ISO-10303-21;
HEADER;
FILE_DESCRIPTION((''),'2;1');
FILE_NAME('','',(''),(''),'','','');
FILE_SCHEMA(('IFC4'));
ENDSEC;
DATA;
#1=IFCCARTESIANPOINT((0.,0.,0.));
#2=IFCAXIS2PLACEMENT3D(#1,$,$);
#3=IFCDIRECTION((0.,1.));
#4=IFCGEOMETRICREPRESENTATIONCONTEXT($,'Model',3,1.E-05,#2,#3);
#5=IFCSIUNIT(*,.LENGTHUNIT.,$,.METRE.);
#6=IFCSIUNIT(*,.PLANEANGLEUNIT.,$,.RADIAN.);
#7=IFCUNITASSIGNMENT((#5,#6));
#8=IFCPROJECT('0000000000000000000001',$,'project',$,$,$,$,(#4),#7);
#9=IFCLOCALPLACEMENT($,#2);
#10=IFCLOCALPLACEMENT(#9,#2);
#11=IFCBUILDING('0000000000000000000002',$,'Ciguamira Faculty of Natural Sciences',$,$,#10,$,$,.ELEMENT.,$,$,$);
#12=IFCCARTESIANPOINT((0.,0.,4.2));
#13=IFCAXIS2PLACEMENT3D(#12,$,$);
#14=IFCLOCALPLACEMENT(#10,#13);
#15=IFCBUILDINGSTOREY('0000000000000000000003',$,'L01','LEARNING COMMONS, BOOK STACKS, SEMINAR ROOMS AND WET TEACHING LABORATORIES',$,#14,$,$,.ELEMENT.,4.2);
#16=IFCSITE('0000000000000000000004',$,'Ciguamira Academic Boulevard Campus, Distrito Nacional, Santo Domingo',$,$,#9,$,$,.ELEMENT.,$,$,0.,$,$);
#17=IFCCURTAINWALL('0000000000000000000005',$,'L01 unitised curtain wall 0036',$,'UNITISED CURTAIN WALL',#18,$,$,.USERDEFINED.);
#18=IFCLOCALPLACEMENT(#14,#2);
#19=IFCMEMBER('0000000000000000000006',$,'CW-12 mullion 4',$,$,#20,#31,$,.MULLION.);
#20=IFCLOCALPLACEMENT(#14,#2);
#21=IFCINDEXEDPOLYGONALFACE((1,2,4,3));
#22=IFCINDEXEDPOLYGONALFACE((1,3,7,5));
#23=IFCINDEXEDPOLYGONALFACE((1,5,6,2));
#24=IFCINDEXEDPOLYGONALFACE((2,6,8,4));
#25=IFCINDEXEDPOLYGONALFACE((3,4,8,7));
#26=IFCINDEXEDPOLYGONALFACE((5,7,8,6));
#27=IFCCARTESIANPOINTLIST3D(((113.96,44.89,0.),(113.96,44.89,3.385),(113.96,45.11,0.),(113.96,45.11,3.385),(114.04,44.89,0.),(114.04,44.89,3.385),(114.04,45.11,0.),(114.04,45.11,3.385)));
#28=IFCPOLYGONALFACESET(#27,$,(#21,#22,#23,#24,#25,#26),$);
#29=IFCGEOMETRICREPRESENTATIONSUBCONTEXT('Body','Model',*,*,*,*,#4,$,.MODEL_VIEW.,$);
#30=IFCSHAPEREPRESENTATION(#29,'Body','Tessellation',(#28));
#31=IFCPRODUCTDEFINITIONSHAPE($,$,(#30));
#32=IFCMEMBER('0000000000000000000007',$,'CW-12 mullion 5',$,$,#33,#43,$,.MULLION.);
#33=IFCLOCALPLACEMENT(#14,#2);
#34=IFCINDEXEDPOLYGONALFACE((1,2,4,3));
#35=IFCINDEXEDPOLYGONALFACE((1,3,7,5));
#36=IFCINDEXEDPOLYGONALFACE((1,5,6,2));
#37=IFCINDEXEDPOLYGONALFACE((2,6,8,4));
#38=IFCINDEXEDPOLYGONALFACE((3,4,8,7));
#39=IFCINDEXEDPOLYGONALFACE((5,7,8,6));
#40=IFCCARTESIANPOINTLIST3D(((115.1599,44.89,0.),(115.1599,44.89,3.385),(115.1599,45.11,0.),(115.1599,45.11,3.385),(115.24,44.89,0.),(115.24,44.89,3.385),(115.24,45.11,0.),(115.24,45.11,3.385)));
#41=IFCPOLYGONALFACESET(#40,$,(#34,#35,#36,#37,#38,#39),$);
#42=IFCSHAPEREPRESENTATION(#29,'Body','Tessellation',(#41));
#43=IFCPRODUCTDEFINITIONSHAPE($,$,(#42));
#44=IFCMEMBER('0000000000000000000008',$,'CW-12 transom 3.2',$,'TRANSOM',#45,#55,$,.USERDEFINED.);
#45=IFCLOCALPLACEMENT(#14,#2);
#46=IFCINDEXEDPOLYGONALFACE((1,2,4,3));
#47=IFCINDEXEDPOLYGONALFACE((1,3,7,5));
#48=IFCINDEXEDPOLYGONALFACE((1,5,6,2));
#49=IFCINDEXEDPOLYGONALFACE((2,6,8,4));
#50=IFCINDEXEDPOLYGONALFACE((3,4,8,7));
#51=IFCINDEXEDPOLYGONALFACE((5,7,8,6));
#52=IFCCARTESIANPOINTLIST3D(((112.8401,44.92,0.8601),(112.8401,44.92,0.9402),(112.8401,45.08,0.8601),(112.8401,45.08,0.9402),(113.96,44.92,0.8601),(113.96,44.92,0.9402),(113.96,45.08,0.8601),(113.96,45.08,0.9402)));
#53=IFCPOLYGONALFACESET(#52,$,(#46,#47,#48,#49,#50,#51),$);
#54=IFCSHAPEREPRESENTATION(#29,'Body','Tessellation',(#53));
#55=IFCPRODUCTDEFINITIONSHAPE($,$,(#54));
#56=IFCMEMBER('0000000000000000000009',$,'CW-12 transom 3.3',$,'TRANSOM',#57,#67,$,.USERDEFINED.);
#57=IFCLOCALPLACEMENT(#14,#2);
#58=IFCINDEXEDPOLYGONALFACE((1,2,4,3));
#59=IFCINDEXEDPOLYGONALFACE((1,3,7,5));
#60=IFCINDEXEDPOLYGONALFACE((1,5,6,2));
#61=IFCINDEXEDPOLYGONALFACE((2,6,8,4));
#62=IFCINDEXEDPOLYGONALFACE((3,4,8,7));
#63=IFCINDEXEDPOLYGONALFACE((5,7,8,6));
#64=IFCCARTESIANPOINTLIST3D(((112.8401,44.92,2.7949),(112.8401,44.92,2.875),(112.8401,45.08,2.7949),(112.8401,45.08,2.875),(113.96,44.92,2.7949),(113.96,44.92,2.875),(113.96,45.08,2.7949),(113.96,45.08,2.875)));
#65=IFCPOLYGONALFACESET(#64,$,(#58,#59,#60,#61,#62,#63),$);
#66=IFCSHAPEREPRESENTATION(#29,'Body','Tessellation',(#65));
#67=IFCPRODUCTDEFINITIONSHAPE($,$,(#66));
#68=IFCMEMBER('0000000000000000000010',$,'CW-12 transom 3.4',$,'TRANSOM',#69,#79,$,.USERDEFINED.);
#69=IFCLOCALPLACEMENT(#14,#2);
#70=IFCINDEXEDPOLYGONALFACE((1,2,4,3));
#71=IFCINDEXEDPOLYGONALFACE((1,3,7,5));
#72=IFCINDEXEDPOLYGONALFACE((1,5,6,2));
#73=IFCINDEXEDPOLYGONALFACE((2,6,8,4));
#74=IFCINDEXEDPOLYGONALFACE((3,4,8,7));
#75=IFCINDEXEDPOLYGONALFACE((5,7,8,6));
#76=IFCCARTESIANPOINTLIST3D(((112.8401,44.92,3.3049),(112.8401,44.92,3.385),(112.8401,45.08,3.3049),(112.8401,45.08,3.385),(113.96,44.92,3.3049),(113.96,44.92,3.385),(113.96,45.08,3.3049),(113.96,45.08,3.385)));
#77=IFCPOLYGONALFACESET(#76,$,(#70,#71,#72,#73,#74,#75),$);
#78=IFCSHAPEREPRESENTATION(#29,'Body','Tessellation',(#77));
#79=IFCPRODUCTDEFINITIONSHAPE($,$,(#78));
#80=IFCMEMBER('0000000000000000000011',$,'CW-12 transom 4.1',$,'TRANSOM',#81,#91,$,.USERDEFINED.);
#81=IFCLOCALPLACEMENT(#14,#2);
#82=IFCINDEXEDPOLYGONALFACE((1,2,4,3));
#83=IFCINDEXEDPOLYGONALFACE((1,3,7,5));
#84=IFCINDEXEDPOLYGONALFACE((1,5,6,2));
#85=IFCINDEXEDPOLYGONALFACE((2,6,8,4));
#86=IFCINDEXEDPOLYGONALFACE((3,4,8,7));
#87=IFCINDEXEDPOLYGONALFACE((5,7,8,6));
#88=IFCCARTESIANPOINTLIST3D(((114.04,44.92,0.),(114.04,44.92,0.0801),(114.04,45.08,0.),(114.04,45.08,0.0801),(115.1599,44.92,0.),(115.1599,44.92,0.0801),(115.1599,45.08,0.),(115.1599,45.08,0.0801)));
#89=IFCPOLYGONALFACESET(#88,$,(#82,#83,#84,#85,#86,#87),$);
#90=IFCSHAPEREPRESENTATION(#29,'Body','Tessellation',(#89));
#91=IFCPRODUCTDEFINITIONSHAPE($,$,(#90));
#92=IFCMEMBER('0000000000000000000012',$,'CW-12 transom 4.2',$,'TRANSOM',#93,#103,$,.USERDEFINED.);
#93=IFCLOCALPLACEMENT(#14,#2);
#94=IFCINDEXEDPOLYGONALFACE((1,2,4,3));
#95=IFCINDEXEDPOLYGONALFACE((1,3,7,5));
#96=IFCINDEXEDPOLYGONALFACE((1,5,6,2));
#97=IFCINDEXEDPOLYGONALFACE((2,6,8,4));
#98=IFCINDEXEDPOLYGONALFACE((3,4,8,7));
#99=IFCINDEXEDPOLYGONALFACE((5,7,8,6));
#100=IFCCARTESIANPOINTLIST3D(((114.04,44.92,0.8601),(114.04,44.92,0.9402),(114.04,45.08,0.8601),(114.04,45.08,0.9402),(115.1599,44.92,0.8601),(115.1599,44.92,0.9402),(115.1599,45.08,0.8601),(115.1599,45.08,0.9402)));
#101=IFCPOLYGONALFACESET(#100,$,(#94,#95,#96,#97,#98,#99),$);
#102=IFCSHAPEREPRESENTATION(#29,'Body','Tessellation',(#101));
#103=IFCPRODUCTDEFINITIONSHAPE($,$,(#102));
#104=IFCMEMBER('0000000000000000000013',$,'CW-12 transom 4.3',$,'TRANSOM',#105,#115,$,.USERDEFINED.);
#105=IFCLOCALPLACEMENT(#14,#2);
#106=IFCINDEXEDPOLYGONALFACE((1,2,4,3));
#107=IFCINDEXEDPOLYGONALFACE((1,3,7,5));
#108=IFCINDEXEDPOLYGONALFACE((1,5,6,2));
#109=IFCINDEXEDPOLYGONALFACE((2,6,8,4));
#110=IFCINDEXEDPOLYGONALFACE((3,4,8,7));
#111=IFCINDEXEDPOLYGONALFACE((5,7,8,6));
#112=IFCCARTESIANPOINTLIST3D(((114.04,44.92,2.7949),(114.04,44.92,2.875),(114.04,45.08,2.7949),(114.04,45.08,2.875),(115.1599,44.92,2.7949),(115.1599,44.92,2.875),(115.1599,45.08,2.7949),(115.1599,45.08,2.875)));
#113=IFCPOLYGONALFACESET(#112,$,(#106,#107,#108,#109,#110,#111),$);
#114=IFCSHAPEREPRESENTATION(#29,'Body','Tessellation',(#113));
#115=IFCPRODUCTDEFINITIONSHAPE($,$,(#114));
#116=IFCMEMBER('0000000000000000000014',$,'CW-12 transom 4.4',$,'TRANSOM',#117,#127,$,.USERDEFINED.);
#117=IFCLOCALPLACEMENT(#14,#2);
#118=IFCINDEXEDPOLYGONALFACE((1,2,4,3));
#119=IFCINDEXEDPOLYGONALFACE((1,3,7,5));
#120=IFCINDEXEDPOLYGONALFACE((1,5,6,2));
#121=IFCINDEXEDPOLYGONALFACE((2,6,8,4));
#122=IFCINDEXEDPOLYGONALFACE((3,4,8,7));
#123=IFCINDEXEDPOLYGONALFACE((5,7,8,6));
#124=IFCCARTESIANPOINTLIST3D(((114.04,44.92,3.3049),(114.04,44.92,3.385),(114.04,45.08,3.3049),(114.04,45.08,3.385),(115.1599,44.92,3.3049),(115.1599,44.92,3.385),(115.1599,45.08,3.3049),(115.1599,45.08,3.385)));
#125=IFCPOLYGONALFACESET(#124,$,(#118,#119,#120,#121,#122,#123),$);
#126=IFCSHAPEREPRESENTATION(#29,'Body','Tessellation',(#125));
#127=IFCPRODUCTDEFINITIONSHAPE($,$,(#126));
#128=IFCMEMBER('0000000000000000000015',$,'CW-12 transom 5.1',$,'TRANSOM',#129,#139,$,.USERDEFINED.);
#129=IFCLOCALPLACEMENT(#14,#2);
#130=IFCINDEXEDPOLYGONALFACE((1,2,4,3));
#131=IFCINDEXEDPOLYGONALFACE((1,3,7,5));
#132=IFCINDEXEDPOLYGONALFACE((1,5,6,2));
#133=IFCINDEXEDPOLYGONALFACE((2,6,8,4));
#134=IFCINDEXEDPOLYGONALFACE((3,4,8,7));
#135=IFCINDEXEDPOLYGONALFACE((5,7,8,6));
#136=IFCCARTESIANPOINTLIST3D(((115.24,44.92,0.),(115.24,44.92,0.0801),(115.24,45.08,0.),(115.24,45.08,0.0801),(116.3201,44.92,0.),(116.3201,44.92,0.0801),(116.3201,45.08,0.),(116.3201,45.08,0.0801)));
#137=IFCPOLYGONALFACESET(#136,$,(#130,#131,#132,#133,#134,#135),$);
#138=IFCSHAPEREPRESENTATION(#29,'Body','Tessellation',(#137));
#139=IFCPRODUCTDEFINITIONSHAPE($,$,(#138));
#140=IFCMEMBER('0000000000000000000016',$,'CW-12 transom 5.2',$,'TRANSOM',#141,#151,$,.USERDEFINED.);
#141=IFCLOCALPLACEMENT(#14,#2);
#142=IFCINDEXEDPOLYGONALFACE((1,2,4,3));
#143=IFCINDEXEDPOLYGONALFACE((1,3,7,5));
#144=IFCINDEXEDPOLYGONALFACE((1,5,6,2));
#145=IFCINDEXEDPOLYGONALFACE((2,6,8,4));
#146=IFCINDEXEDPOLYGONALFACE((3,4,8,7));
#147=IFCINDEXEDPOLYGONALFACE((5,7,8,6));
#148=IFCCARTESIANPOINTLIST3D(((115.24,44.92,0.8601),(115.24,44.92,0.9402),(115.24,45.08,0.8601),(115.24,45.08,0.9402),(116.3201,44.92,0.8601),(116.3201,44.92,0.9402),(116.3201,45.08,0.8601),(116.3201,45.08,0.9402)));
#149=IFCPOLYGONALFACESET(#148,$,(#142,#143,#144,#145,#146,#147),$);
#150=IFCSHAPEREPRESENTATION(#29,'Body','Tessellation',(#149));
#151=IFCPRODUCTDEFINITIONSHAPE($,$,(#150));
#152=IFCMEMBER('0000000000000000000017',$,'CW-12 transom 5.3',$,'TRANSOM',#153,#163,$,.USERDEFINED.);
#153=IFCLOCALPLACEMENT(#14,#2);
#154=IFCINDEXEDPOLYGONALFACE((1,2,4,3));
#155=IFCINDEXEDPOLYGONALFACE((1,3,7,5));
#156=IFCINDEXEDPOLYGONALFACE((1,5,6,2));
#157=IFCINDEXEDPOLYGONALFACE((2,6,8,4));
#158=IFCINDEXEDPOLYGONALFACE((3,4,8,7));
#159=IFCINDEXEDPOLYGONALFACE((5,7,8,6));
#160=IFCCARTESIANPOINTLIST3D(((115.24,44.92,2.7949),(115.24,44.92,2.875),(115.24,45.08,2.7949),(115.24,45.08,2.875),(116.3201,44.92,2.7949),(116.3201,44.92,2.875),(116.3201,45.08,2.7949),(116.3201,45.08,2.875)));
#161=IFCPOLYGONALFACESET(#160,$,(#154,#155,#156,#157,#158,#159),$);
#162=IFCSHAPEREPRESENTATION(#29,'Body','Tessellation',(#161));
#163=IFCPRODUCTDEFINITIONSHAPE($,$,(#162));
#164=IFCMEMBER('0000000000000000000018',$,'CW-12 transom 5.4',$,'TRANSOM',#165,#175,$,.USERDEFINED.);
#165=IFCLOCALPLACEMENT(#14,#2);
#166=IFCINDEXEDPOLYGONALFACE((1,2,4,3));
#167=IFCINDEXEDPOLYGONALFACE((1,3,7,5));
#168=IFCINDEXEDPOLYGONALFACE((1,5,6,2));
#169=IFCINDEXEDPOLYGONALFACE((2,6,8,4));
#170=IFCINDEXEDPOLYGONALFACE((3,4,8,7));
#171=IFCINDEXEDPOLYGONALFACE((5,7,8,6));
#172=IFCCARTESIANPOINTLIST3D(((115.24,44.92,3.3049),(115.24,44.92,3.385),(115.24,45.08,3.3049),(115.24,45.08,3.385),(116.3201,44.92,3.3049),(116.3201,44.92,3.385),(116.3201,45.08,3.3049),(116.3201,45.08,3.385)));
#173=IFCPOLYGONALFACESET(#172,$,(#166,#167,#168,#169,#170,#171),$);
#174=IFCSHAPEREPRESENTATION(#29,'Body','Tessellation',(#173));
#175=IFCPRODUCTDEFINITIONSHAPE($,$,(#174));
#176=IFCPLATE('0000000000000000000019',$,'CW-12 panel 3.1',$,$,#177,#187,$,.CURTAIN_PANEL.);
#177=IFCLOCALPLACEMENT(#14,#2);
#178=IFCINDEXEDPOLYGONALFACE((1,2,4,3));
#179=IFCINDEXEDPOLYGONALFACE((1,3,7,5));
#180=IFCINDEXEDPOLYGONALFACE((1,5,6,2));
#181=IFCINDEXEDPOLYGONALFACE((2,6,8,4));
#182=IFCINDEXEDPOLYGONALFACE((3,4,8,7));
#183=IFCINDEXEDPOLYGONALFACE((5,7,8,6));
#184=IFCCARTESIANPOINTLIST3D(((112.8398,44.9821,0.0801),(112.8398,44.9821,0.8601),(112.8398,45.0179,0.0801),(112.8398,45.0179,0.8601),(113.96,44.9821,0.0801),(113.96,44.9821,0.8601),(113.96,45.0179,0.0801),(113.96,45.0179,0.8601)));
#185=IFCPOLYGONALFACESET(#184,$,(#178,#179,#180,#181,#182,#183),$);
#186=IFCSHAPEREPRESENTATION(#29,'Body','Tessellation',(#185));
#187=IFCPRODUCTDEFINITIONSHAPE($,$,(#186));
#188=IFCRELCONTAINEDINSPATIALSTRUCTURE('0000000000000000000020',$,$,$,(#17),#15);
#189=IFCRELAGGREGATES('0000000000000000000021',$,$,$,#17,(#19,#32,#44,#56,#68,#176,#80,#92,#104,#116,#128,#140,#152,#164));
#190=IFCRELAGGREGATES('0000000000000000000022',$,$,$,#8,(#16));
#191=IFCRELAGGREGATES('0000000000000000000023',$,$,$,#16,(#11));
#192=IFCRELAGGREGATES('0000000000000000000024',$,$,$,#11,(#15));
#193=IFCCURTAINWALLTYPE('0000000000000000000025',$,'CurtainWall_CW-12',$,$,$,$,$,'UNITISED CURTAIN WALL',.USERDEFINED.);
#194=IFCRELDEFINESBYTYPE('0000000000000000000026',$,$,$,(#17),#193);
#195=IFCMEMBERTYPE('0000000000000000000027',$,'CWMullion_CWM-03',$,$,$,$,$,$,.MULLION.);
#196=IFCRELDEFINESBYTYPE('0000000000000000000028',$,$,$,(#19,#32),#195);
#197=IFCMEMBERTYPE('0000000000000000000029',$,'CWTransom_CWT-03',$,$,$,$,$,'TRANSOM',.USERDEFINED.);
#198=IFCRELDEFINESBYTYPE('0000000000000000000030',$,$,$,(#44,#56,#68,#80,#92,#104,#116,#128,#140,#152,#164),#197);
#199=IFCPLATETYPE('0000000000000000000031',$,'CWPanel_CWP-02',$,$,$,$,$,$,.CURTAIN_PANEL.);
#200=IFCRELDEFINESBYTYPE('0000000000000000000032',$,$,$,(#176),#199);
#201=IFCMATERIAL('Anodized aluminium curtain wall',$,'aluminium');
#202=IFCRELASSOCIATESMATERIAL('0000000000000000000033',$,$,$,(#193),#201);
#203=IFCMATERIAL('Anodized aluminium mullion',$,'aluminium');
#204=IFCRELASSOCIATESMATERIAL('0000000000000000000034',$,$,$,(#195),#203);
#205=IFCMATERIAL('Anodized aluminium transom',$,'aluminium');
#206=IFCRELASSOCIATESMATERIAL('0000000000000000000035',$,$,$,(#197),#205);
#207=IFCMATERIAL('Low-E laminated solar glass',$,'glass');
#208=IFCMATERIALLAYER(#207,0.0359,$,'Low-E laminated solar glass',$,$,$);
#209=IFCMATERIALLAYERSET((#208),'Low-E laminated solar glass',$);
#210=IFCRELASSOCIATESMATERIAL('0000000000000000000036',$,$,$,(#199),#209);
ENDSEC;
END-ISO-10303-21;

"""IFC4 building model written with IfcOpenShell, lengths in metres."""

from ifc_helpers import new_model, si_unit, direction, frame, origin, origin_2d, place, context, subcontext, project, spatial, rectangle, extrude, material, layer, layer_set, material_profile, profile_set, type_object, element, aggregate, save


model = new_model("IFC4")

# Units and contexts
model_context = context("Model", 3, precision=1e-05, world=origin(), true_north=direction((0.0, 1.0)))
body_context = subcontext(model_context, "Body", "Model", "MODEL_VIEW")
ifc_project = project(units=[si_unit("LENGTHUNIT", "METRE"), si_unit("PLANEANGLEUNIT", "RADIAN")], contexts=[model_context])

# Site, building, storey
site_placement = place(None, origin())
site = spatial("IfcSite", under=ifc_project, at=site_placement, Name="Ciguamira Academic Boulevard Campus, Distrito Nacional, Santo Domingo", CompositionType="ELEMENT", RefElevation=0.0)
building_placement = place(site_placement, origin())
building = spatial("IfcBuilding", under=site, at=building_placement, Name="Ciguamira Faculty of Natural Sciences", CompositionType="ELEMENT")
storey_placement = place(building_placement, frame((0.0, 0.0, 4.2)))
storey = spatial("IfcBuildingStorey", under=building, at=storey_placement, Name="L01", Description="LEARNING COMMONS, BOOK STACKS, SEMINAR ROOMS AND WET TEACHING LABORATORIES", CompositionType="ELEMENT", Elevation=4.2)

# Curtain wall, members, plate
ifc_material_1 = material(Name="Anodized aluminium curtain wall", Category="aluminium")
curtain_wall_type = type_object("IfcCurtainWallType", Name="CurtainWall_CW-12", ElementType="UNITISED CURTAIN WALL", PredefinedType="USERDEFINED", material=ifc_material_1)
curtain_wall_placement = place(storey_placement, origin())
curtain_wall = element("IfcCurtainWall", 1, at=curtain_wall_placement, inside=storey, type_object=curtain_wall_type, Name="L01 unitised curtain wall 0036", ObjectType="UNITISED CURTAIN WALL", PredefinedType="USERDEFINED")
ifc_material_2 = material(Name="Anodized aluminium mullion", Category="aluminium")
ifc_material_profile_1 = material_profile(ifc_material_2, rectangle(XDim=0.0801, YDim=0.22, at=origin_2d()), Name="ALU-MUL-80X220")
ifc_profile_set_1 = profile_set([ifc_material_profile_1], Name="Anodized aluminium mullion")
member_type_1 = type_object("IfcMemberType", Name="CWMullion_CWM-03", PredefinedType="MULLION", material=ifc_profile_set_1)
member_1_placement = place(storey_placement, frame((114.0, 45.0, 0.0), z_axis=(0.0, 0.0, 1.0), x_axis=(1.0, 0.0, 0.0)))
member_1 = element("IfcMember", 2, at=member_1_placement, type_object=member_type_1, Name="CW-12 mullion 4", PredefinedType="MULLION", context=body_context, shape_type="SweptSolid", body=[
    extrude(rectangle(XDim=0.0801, YDim=0.22, at=origin_2d()), origin(), (0.0, 0.0, 1.0), 3.385),
])
member_2_placement = place(storey_placement, frame((115.2, 45.0, 0.0), z_axis=(0.0, 0.0, 1.0), x_axis=(1.0, 0.0, 0.0)))
member_2 = element("IfcMember", 3, at=member_2_placement, type_object=member_type_1, Name="CW-12 mullion 5", PredefinedType="MULLION", context=body_context, shape_type="SweptSolid", body=[
    extrude(rectangle(XDim=0.0801, YDim=0.22, at=origin_2d()), origin(), (0.0, 0.0, 1.0), 3.385),
])
ifc_material_3 = material(Name="Anodized aluminium transom", Category="aluminium")
ifc_material_profile_2 = material_profile(ifc_material_3, rectangle(XDim=0.0801, YDim=0.1599, at=origin_2d()), Name="ALU-TRN-80X160")
ifc_profile_set_2 = profile_set([ifc_material_profile_2], Name="Anodized aluminium transom")
member_type_2 = type_object("IfcMemberType", Name="CWTransom_CWT-03", ElementType="TRANSOM", PredefinedType="USERDEFINED", material=ifc_profile_set_2)
member_3_placement = place(storey_placement, frame((112.8401, 45.0, 0.9001), z_axis=(1.0, 0.0, 0.0), x_axis=(0.0, 0.0, 1.0)))
member_3 = element("IfcMember", 4, at=member_3_placement, type_object=member_type_2, Name="CW-12 transom 3.2", ObjectType="TRANSOM", PredefinedType="USERDEFINED", context=body_context, shape_type="SweptSolid", body=[
    extrude(rectangle(XDim=0.0801, YDim=0.1599, at=origin_2d()), origin(), (0.0, 0.0, 1.0), 1.1199),
])
member_4_placement = place(storey_placement, frame((112.8401, 45.0, 2.835), z_axis=(1.0, 0.0, 0.0), x_axis=(0.0, 0.0, 1.0)))
member_4 = element("IfcMember", 5, at=member_4_placement, type_object=member_type_2, Name="CW-12 transom 3.3", ObjectType="TRANSOM", PredefinedType="USERDEFINED", context=body_context, shape_type="SweptSolid", body=[
    extrude(rectangle(XDim=0.0801, YDim=0.1599, at=origin_2d()), origin(), (0.0, 0.0, 1.0), 1.1199),
])
member_5_placement = place(storey_placement, frame((112.8401, 45.0, 3.345), z_axis=(1.0, 0.0, 0.0), x_axis=(0.0, 0.0, 1.0)))
member_5 = element("IfcMember", 6, at=member_5_placement, type_object=member_type_2, Name="CW-12 transom 3.4", ObjectType="TRANSOM", PredefinedType="USERDEFINED", context=body_context, shape_type="SweptSolid", body=[
    extrude(rectangle(XDim=0.0801, YDim=0.1599, at=origin_2d()), origin(), (0.0, 0.0, 1.0), 1.1199),
])
member_6_placement = place(storey_placement, frame((114.04, 45.0, 0.04), z_axis=(1.0, 0.0, 0.0), x_axis=(0.0, 0.0, 1.0)))
member_6 = element("IfcMember", 7, at=member_6_placement, type_object=member_type_2, Name="CW-12 transom 4.1", ObjectType="TRANSOM", PredefinedType="USERDEFINED", context=body_context, shape_type="SweptSolid", body=[
    extrude(rectangle(XDim=0.0801, YDim=0.1599, at=origin_2d()), origin(), (0.0, 0.0, 1.0), 1.1199),
])
member_7_placement = place(storey_placement, frame((114.04, 45.0, 0.9001), z_axis=(1.0, 0.0, 0.0), x_axis=(0.0, 0.0, 1.0)))
member_7 = element("IfcMember", 8, at=member_7_placement, type_object=member_type_2, Name="CW-12 transom 4.2", ObjectType="TRANSOM", PredefinedType="USERDEFINED", context=body_context, shape_type="SweptSolid", body=[
    extrude(rectangle(XDim=0.0801, YDim=0.1599, at=origin_2d()), origin(), (0.0, 0.0, 1.0), 1.1199),
])
member_8_placement = place(storey_placement, frame((114.04, 45.0, 2.835), z_axis=(1.0, 0.0, 0.0), x_axis=(0.0, 0.0, 1.0)))
member_8 = element("IfcMember", 9, at=member_8_placement, type_object=member_type_2, Name="CW-12 transom 4.3", ObjectType="TRANSOM", PredefinedType="USERDEFINED", context=body_context, shape_type="SweptSolid", body=[
    extrude(rectangle(XDim=0.0801, YDim=0.1599, at=origin_2d()), origin(), (0.0, 0.0, 1.0), 1.1199),
])
member_9_placement = place(storey_placement, frame((114.04, 45.0, 3.345), z_axis=(1.0, 0.0, 0.0), x_axis=(0.0, 0.0, 1.0)))
member_9 = element("IfcMember", 10, at=member_9_placement, type_object=member_type_2, Name="CW-12 transom 4.4", ObjectType="TRANSOM", PredefinedType="USERDEFINED", context=body_context, shape_type="SweptSolid", body=[
    extrude(rectangle(XDim=0.0801, YDim=0.1599, at=origin_2d()), origin(), (0.0, 0.0, 1.0), 1.1199),
])
member_10_placement = place(storey_placement, frame((115.24, 45.0, 0.04), z_axis=(1.0, 0.0, 0.0), x_axis=(0.0, 0.0, 1.0)))
member_10 = element("IfcMember", 11, at=member_10_placement, type_object=member_type_2, Name="CW-12 transom 5.1", ObjectType="TRANSOM", PredefinedType="USERDEFINED", context=body_context, shape_type="SweptSolid", body=[
    extrude(rectangle(XDim=0.0801, YDim=0.1599, at=origin_2d()), origin(), (0.0, 0.0, 1.0), 1.0801),
])
member_11_placement = place(storey_placement, frame((115.24, 45.0, 0.9001), z_axis=(1.0, 0.0, 0.0), x_axis=(0.0, 0.0, 1.0)))
member_11 = element("IfcMember", 12, at=member_11_placement, type_object=member_type_2, Name="CW-12 transom 5.2", ObjectType="TRANSOM", PredefinedType="USERDEFINED", context=body_context, shape_type="SweptSolid", body=[
    extrude(rectangle(XDim=0.0801, YDim=0.1599, at=origin_2d()), origin(), (0.0, 0.0, 1.0), 1.0801),
])
member_12_placement = place(storey_placement, frame((115.24, 45.0, 2.835), z_axis=(1.0, 0.0, 0.0), x_axis=(0.0, 0.0, 1.0)))
member_12 = element("IfcMember", 13, at=member_12_placement, type_object=member_type_2, Name="CW-12 transom 5.3", ObjectType="TRANSOM", PredefinedType="USERDEFINED", context=body_context, shape_type="SweptSolid", body=[
    extrude(rectangle(XDim=0.0801, YDim=0.1599, at=origin_2d()), origin(), (0.0, 0.0, 1.0), 1.0801),
])
member_13_placement = place(storey_placement, frame((115.24, 45.0, 3.345), z_axis=(1.0, 0.0, 0.0), x_axis=(0.0, 0.0, 1.0)))
member_13 = element("IfcMember", 14, at=member_13_placement, type_object=member_type_2, Name="CW-12 transom 5.4", ObjectType="TRANSOM", PredefinedType="USERDEFINED", context=body_context, shape_type="SweptSolid", body=[
    extrude(rectangle(XDim=0.0801, YDim=0.1599, at=origin_2d()), origin(), (0.0, 0.0, 1.0), 1.0801),
])
ifc_material_4 = material(Name="Low-E laminated solar glass", Category="glass")
ifc_layer = layer(ifc_material_4, 0.0359, Name="Low-E laminated solar glass")
ifc_layer_set = layer_set([ifc_layer], Name="Low-E laminated solar glass")
plate_type = type_object("IfcPlateType", Name="CWPanel_CWP-02", PredefinedType="CURTAIN_PANEL", material=ifc_layer_set)
plate_1_placement = place(storey_placement, frame((113.3999, 45.0, 0.0801), z_axis=(0.0, 0.0, 1.0), x_axis=(1.0, 0.0, 0.0)))
plate_1 = element("IfcPlate", 15, at=plate_1_placement, type_object=plate_type, Name="CW-12 panel 3.1", PredefinedType="CURTAIN_PANEL", context=body_context, shape_type="SweptSolid", body=[
    extrude(rectangle(XDim=1.1201, YDim=0.0359, at=origin_2d()), origin(), (0.0, 0.0, 1.0), 0.78),
])
aggregate(curtain_wall, [member_1, member_2, member_3, member_4, member_5, plate_1, member_6, member_7, member_8, member_9, member_10, member_11, member_12, member_13])

save(model, "model.ifc")
